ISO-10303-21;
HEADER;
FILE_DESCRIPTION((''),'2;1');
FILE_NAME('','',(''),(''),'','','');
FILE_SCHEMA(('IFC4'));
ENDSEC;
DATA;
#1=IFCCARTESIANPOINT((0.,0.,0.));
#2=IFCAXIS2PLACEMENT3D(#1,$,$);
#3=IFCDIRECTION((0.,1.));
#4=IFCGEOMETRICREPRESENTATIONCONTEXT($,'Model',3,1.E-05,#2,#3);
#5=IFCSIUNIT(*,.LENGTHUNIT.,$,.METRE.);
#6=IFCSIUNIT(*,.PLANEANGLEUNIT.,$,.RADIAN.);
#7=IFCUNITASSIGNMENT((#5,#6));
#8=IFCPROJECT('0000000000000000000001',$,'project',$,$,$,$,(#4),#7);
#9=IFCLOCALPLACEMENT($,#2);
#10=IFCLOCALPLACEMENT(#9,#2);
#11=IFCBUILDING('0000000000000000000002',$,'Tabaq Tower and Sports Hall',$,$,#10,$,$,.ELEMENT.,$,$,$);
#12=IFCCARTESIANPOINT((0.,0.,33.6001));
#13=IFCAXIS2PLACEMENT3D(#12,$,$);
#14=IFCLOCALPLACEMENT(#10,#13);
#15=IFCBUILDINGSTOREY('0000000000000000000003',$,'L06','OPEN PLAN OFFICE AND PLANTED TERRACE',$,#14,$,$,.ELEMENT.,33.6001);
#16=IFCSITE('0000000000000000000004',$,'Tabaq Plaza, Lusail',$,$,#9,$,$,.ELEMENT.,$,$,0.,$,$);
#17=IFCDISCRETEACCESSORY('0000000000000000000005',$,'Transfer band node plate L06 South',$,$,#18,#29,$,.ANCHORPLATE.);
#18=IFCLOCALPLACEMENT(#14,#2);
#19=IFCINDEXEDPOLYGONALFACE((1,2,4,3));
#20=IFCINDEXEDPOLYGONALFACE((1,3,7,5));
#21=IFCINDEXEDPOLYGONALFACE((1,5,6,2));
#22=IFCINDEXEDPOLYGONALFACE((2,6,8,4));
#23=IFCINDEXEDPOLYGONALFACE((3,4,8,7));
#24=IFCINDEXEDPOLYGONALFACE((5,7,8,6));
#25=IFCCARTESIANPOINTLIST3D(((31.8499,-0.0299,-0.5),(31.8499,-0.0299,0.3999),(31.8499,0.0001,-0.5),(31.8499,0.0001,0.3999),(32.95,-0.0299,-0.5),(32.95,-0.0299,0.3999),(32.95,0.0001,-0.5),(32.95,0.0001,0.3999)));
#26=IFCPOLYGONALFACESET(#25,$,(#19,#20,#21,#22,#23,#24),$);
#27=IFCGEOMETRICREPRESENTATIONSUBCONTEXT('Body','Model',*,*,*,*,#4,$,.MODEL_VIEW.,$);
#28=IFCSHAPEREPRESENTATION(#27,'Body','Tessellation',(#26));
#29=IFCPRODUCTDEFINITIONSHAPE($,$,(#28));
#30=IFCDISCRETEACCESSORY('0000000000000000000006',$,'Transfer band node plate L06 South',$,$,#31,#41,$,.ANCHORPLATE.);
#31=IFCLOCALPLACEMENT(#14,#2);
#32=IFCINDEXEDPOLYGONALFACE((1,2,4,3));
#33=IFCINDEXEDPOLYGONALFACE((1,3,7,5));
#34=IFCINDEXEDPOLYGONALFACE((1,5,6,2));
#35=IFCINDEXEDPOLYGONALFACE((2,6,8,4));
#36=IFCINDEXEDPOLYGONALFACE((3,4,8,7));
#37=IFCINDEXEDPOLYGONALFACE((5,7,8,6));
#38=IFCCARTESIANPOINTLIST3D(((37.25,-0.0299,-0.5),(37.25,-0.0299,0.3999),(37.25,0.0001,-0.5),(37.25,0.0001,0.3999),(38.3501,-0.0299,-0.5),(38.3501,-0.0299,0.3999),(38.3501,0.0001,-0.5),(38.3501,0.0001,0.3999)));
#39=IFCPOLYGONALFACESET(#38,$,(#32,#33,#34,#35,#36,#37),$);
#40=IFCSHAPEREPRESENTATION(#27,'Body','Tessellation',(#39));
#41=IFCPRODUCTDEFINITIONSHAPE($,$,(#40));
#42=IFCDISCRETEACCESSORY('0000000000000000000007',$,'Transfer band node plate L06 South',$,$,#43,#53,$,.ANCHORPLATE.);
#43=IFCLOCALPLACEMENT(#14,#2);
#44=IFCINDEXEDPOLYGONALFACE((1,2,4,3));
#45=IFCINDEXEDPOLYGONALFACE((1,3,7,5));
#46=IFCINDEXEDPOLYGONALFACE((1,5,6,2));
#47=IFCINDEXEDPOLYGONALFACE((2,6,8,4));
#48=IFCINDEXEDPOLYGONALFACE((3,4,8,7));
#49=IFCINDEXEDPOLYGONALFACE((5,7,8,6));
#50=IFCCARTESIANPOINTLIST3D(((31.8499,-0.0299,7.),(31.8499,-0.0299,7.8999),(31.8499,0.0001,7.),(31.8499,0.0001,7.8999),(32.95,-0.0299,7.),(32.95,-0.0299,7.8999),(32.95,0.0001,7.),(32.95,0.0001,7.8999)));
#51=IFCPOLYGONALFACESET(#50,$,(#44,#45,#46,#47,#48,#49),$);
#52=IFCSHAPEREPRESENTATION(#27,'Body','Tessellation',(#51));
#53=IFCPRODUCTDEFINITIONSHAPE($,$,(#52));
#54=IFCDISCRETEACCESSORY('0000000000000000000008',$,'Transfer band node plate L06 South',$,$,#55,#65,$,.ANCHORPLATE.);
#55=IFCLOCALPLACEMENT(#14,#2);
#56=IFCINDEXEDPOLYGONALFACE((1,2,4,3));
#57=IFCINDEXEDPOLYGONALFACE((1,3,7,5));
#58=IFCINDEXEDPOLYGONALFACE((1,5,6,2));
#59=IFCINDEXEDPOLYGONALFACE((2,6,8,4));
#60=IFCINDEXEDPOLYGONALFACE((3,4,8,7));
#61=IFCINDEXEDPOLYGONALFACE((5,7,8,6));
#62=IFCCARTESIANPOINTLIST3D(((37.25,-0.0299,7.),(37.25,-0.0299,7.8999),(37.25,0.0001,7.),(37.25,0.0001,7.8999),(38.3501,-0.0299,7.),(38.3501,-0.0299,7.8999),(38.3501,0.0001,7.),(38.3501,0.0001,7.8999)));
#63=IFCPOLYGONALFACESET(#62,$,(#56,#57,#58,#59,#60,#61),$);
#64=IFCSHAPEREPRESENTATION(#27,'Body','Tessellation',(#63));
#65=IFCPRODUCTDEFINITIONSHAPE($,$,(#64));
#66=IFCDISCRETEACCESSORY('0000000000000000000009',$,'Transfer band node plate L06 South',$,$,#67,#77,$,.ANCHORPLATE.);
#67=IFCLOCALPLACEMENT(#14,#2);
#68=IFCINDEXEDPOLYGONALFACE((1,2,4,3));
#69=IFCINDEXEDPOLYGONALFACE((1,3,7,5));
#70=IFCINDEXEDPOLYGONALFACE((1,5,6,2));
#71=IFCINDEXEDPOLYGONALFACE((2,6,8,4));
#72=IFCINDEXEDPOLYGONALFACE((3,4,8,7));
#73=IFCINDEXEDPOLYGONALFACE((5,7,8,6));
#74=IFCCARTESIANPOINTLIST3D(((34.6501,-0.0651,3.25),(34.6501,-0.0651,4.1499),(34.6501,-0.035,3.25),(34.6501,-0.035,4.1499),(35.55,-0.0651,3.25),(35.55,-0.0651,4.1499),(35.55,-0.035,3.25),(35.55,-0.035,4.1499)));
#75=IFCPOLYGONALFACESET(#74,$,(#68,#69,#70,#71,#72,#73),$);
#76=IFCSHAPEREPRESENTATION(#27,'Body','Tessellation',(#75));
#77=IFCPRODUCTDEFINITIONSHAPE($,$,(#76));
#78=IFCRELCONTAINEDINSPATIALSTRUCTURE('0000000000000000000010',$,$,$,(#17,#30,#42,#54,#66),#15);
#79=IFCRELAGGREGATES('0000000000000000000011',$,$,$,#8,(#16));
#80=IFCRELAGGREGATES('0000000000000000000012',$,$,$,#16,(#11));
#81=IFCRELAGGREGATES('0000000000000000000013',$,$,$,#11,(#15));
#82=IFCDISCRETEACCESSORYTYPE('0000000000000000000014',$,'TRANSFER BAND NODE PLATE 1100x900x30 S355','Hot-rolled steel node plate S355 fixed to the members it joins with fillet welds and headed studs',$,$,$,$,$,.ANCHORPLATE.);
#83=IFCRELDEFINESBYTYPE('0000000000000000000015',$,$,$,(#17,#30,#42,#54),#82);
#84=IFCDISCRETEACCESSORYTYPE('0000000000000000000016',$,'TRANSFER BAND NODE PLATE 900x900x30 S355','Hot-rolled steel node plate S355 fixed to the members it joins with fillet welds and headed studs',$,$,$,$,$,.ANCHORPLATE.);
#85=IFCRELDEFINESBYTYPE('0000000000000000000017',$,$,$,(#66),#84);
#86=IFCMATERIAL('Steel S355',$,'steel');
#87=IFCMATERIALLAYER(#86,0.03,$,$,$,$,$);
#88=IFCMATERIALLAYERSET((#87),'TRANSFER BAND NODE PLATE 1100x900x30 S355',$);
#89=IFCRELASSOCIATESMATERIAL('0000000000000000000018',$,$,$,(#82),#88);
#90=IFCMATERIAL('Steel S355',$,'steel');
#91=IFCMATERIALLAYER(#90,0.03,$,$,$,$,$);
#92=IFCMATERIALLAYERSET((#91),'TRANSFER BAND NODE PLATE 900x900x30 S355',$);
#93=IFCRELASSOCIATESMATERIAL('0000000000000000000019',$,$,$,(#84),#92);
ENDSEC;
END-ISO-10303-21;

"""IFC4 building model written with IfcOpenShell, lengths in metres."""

from ifc_helpers import new_model, si_unit, direction, frame, origin, origin_2d, place, context, subcontext, project, spatial, rectangle, extrude, material, layer, layer_set, type_object, element, save


model = new_model("IFC4")

# Units and contexts
model_context = context("Model", 3, precision=1e-05, world=origin(), true_north=direction((0.0, 1.0)))
body_context = subcontext(model_context, "Body", "Model", "MODEL_VIEW")
ifc_project = project(units=[si_unit("LENGTHUNIT", "METRE"), si_unit("PLANEANGLEUNIT", "RADIAN")], contexts=[model_context])

# Site, building, storey
site_placement = place(None, origin())
site = spatial("IfcSite", under=ifc_project, at=site_placement, Name="Tabaq Plaza, Lusail", CompositionType="ELEMENT", RefElevation=0.0)
building_placement = place(site_placement, origin())
building = spatial("IfcBuilding", under=site, at=building_placement, Name="Tabaq Tower and Sports Hall", CompositionType="ELEMENT")
storey_placement = place(building_placement, frame((0.0, 0.0, 33.6001)))
storey = spatial("IfcBuildingStorey", under=building, at=storey_placement, Name="L06", Description="OPEN PLAN OFFICE AND PLANTED TERRACE", CompositionType="ELEMENT", Elevation=33.6001)

# Discrete accessories
ifc_material_1 = material(Name="Steel S355", Category="steel")
ifc_layer_1 = layer(ifc_material_1, 0.03)
ifc_layer_set_1 = layer_set([ifc_layer_1], Name="TRANSFER BAND NODE PLATE 1100x900x30 S355")
discrete_accessory_type_1 = type_object("IfcDiscreteAccessoryType", Name="TRANSFER BAND NODE PLATE 1100x900x30 S355", Description="Hot-rolled steel node plate S355 fixed to the members it joins with fillet welds and headed studs", PredefinedType="ANCHORPLATE", material=ifc_layer_set_1)
for number, where, z_axis, x_axis, name in (
    (1, (32.3999, -0.0149, -0.5), (0.0, 0.0, 1.0), (1.0, 0.0, 0.0), "Transfer band node plate L06 South"),
    (2, (37.8, -0.0149, -0.5), (0.0, 0.0, 1.0), (1.0, 0.0, 0.0), "Transfer band node plate L06 South"),
    (3, (32.3999, -0.0149, 7.0), (0.0, 0.0, 1.0), (1.0, 0.0, 0.0), "Transfer band node plate L06 South"),
    (4, (37.8, -0.0149, 7.0), (0.0, 0.0, 1.0), (1.0, 0.0, 0.0), "Transfer band node plate L06 South"),
):
    element("IfcDiscreteAccessory", number, at=place(storey_placement, frame(where, z_axis=z_axis, x_axis=x_axis)), inside=storey, type_object=discrete_accessory_type_1, Name=name, PredefinedType="ANCHORPLATE", context=body_context, shape_type="SweptSolid", body=[
        extrude(rectangle(XDim=1.1001, YDim=0.03, at=origin_2d()), origin(), (0.0, 0.0, 1.0), 0.8999),
    ])
ifc_material_2 = material(Name="Steel S355", Category="steel")
ifc_layer_2 = layer(ifc_material_2, 0.03)
ifc_layer_set_2 = layer_set([ifc_layer_2], Name="TRANSFER BAND NODE PLATE 900x900x30 S355")
discrete_accessory_type_2 = type_object("IfcDiscreteAccessoryType", Name="TRANSFER BAND NODE PLATE 900x900x30 S355", Description="Hot-rolled steel node plate S355 fixed to the members it joins with fillet welds and headed studs", PredefinedType="ANCHORPLATE", material=ifc_layer_set_2)
discrete_accessory_placement = place(storey_placement, frame((35.1001, -0.05, 3.25), z_axis=(0.0, 0.0, 1.0), x_axis=(1.0, 0.0, 0.0)))
element("IfcDiscreteAccessory", 5, at=discrete_accessory_placement, inside=storey, type_object=discrete_accessory_type_2, Name="Transfer band node plate L06 South", PredefinedType="ANCHORPLATE", context=body_context, shape_type="SweptSolid", body=[
    extrude(rectangle(XDim=0.8999, YDim=0.03, at=origin_2d()), origin(), (0.0, 0.0, 1.0), 0.8999),
])

save(model, "model.ifc")
